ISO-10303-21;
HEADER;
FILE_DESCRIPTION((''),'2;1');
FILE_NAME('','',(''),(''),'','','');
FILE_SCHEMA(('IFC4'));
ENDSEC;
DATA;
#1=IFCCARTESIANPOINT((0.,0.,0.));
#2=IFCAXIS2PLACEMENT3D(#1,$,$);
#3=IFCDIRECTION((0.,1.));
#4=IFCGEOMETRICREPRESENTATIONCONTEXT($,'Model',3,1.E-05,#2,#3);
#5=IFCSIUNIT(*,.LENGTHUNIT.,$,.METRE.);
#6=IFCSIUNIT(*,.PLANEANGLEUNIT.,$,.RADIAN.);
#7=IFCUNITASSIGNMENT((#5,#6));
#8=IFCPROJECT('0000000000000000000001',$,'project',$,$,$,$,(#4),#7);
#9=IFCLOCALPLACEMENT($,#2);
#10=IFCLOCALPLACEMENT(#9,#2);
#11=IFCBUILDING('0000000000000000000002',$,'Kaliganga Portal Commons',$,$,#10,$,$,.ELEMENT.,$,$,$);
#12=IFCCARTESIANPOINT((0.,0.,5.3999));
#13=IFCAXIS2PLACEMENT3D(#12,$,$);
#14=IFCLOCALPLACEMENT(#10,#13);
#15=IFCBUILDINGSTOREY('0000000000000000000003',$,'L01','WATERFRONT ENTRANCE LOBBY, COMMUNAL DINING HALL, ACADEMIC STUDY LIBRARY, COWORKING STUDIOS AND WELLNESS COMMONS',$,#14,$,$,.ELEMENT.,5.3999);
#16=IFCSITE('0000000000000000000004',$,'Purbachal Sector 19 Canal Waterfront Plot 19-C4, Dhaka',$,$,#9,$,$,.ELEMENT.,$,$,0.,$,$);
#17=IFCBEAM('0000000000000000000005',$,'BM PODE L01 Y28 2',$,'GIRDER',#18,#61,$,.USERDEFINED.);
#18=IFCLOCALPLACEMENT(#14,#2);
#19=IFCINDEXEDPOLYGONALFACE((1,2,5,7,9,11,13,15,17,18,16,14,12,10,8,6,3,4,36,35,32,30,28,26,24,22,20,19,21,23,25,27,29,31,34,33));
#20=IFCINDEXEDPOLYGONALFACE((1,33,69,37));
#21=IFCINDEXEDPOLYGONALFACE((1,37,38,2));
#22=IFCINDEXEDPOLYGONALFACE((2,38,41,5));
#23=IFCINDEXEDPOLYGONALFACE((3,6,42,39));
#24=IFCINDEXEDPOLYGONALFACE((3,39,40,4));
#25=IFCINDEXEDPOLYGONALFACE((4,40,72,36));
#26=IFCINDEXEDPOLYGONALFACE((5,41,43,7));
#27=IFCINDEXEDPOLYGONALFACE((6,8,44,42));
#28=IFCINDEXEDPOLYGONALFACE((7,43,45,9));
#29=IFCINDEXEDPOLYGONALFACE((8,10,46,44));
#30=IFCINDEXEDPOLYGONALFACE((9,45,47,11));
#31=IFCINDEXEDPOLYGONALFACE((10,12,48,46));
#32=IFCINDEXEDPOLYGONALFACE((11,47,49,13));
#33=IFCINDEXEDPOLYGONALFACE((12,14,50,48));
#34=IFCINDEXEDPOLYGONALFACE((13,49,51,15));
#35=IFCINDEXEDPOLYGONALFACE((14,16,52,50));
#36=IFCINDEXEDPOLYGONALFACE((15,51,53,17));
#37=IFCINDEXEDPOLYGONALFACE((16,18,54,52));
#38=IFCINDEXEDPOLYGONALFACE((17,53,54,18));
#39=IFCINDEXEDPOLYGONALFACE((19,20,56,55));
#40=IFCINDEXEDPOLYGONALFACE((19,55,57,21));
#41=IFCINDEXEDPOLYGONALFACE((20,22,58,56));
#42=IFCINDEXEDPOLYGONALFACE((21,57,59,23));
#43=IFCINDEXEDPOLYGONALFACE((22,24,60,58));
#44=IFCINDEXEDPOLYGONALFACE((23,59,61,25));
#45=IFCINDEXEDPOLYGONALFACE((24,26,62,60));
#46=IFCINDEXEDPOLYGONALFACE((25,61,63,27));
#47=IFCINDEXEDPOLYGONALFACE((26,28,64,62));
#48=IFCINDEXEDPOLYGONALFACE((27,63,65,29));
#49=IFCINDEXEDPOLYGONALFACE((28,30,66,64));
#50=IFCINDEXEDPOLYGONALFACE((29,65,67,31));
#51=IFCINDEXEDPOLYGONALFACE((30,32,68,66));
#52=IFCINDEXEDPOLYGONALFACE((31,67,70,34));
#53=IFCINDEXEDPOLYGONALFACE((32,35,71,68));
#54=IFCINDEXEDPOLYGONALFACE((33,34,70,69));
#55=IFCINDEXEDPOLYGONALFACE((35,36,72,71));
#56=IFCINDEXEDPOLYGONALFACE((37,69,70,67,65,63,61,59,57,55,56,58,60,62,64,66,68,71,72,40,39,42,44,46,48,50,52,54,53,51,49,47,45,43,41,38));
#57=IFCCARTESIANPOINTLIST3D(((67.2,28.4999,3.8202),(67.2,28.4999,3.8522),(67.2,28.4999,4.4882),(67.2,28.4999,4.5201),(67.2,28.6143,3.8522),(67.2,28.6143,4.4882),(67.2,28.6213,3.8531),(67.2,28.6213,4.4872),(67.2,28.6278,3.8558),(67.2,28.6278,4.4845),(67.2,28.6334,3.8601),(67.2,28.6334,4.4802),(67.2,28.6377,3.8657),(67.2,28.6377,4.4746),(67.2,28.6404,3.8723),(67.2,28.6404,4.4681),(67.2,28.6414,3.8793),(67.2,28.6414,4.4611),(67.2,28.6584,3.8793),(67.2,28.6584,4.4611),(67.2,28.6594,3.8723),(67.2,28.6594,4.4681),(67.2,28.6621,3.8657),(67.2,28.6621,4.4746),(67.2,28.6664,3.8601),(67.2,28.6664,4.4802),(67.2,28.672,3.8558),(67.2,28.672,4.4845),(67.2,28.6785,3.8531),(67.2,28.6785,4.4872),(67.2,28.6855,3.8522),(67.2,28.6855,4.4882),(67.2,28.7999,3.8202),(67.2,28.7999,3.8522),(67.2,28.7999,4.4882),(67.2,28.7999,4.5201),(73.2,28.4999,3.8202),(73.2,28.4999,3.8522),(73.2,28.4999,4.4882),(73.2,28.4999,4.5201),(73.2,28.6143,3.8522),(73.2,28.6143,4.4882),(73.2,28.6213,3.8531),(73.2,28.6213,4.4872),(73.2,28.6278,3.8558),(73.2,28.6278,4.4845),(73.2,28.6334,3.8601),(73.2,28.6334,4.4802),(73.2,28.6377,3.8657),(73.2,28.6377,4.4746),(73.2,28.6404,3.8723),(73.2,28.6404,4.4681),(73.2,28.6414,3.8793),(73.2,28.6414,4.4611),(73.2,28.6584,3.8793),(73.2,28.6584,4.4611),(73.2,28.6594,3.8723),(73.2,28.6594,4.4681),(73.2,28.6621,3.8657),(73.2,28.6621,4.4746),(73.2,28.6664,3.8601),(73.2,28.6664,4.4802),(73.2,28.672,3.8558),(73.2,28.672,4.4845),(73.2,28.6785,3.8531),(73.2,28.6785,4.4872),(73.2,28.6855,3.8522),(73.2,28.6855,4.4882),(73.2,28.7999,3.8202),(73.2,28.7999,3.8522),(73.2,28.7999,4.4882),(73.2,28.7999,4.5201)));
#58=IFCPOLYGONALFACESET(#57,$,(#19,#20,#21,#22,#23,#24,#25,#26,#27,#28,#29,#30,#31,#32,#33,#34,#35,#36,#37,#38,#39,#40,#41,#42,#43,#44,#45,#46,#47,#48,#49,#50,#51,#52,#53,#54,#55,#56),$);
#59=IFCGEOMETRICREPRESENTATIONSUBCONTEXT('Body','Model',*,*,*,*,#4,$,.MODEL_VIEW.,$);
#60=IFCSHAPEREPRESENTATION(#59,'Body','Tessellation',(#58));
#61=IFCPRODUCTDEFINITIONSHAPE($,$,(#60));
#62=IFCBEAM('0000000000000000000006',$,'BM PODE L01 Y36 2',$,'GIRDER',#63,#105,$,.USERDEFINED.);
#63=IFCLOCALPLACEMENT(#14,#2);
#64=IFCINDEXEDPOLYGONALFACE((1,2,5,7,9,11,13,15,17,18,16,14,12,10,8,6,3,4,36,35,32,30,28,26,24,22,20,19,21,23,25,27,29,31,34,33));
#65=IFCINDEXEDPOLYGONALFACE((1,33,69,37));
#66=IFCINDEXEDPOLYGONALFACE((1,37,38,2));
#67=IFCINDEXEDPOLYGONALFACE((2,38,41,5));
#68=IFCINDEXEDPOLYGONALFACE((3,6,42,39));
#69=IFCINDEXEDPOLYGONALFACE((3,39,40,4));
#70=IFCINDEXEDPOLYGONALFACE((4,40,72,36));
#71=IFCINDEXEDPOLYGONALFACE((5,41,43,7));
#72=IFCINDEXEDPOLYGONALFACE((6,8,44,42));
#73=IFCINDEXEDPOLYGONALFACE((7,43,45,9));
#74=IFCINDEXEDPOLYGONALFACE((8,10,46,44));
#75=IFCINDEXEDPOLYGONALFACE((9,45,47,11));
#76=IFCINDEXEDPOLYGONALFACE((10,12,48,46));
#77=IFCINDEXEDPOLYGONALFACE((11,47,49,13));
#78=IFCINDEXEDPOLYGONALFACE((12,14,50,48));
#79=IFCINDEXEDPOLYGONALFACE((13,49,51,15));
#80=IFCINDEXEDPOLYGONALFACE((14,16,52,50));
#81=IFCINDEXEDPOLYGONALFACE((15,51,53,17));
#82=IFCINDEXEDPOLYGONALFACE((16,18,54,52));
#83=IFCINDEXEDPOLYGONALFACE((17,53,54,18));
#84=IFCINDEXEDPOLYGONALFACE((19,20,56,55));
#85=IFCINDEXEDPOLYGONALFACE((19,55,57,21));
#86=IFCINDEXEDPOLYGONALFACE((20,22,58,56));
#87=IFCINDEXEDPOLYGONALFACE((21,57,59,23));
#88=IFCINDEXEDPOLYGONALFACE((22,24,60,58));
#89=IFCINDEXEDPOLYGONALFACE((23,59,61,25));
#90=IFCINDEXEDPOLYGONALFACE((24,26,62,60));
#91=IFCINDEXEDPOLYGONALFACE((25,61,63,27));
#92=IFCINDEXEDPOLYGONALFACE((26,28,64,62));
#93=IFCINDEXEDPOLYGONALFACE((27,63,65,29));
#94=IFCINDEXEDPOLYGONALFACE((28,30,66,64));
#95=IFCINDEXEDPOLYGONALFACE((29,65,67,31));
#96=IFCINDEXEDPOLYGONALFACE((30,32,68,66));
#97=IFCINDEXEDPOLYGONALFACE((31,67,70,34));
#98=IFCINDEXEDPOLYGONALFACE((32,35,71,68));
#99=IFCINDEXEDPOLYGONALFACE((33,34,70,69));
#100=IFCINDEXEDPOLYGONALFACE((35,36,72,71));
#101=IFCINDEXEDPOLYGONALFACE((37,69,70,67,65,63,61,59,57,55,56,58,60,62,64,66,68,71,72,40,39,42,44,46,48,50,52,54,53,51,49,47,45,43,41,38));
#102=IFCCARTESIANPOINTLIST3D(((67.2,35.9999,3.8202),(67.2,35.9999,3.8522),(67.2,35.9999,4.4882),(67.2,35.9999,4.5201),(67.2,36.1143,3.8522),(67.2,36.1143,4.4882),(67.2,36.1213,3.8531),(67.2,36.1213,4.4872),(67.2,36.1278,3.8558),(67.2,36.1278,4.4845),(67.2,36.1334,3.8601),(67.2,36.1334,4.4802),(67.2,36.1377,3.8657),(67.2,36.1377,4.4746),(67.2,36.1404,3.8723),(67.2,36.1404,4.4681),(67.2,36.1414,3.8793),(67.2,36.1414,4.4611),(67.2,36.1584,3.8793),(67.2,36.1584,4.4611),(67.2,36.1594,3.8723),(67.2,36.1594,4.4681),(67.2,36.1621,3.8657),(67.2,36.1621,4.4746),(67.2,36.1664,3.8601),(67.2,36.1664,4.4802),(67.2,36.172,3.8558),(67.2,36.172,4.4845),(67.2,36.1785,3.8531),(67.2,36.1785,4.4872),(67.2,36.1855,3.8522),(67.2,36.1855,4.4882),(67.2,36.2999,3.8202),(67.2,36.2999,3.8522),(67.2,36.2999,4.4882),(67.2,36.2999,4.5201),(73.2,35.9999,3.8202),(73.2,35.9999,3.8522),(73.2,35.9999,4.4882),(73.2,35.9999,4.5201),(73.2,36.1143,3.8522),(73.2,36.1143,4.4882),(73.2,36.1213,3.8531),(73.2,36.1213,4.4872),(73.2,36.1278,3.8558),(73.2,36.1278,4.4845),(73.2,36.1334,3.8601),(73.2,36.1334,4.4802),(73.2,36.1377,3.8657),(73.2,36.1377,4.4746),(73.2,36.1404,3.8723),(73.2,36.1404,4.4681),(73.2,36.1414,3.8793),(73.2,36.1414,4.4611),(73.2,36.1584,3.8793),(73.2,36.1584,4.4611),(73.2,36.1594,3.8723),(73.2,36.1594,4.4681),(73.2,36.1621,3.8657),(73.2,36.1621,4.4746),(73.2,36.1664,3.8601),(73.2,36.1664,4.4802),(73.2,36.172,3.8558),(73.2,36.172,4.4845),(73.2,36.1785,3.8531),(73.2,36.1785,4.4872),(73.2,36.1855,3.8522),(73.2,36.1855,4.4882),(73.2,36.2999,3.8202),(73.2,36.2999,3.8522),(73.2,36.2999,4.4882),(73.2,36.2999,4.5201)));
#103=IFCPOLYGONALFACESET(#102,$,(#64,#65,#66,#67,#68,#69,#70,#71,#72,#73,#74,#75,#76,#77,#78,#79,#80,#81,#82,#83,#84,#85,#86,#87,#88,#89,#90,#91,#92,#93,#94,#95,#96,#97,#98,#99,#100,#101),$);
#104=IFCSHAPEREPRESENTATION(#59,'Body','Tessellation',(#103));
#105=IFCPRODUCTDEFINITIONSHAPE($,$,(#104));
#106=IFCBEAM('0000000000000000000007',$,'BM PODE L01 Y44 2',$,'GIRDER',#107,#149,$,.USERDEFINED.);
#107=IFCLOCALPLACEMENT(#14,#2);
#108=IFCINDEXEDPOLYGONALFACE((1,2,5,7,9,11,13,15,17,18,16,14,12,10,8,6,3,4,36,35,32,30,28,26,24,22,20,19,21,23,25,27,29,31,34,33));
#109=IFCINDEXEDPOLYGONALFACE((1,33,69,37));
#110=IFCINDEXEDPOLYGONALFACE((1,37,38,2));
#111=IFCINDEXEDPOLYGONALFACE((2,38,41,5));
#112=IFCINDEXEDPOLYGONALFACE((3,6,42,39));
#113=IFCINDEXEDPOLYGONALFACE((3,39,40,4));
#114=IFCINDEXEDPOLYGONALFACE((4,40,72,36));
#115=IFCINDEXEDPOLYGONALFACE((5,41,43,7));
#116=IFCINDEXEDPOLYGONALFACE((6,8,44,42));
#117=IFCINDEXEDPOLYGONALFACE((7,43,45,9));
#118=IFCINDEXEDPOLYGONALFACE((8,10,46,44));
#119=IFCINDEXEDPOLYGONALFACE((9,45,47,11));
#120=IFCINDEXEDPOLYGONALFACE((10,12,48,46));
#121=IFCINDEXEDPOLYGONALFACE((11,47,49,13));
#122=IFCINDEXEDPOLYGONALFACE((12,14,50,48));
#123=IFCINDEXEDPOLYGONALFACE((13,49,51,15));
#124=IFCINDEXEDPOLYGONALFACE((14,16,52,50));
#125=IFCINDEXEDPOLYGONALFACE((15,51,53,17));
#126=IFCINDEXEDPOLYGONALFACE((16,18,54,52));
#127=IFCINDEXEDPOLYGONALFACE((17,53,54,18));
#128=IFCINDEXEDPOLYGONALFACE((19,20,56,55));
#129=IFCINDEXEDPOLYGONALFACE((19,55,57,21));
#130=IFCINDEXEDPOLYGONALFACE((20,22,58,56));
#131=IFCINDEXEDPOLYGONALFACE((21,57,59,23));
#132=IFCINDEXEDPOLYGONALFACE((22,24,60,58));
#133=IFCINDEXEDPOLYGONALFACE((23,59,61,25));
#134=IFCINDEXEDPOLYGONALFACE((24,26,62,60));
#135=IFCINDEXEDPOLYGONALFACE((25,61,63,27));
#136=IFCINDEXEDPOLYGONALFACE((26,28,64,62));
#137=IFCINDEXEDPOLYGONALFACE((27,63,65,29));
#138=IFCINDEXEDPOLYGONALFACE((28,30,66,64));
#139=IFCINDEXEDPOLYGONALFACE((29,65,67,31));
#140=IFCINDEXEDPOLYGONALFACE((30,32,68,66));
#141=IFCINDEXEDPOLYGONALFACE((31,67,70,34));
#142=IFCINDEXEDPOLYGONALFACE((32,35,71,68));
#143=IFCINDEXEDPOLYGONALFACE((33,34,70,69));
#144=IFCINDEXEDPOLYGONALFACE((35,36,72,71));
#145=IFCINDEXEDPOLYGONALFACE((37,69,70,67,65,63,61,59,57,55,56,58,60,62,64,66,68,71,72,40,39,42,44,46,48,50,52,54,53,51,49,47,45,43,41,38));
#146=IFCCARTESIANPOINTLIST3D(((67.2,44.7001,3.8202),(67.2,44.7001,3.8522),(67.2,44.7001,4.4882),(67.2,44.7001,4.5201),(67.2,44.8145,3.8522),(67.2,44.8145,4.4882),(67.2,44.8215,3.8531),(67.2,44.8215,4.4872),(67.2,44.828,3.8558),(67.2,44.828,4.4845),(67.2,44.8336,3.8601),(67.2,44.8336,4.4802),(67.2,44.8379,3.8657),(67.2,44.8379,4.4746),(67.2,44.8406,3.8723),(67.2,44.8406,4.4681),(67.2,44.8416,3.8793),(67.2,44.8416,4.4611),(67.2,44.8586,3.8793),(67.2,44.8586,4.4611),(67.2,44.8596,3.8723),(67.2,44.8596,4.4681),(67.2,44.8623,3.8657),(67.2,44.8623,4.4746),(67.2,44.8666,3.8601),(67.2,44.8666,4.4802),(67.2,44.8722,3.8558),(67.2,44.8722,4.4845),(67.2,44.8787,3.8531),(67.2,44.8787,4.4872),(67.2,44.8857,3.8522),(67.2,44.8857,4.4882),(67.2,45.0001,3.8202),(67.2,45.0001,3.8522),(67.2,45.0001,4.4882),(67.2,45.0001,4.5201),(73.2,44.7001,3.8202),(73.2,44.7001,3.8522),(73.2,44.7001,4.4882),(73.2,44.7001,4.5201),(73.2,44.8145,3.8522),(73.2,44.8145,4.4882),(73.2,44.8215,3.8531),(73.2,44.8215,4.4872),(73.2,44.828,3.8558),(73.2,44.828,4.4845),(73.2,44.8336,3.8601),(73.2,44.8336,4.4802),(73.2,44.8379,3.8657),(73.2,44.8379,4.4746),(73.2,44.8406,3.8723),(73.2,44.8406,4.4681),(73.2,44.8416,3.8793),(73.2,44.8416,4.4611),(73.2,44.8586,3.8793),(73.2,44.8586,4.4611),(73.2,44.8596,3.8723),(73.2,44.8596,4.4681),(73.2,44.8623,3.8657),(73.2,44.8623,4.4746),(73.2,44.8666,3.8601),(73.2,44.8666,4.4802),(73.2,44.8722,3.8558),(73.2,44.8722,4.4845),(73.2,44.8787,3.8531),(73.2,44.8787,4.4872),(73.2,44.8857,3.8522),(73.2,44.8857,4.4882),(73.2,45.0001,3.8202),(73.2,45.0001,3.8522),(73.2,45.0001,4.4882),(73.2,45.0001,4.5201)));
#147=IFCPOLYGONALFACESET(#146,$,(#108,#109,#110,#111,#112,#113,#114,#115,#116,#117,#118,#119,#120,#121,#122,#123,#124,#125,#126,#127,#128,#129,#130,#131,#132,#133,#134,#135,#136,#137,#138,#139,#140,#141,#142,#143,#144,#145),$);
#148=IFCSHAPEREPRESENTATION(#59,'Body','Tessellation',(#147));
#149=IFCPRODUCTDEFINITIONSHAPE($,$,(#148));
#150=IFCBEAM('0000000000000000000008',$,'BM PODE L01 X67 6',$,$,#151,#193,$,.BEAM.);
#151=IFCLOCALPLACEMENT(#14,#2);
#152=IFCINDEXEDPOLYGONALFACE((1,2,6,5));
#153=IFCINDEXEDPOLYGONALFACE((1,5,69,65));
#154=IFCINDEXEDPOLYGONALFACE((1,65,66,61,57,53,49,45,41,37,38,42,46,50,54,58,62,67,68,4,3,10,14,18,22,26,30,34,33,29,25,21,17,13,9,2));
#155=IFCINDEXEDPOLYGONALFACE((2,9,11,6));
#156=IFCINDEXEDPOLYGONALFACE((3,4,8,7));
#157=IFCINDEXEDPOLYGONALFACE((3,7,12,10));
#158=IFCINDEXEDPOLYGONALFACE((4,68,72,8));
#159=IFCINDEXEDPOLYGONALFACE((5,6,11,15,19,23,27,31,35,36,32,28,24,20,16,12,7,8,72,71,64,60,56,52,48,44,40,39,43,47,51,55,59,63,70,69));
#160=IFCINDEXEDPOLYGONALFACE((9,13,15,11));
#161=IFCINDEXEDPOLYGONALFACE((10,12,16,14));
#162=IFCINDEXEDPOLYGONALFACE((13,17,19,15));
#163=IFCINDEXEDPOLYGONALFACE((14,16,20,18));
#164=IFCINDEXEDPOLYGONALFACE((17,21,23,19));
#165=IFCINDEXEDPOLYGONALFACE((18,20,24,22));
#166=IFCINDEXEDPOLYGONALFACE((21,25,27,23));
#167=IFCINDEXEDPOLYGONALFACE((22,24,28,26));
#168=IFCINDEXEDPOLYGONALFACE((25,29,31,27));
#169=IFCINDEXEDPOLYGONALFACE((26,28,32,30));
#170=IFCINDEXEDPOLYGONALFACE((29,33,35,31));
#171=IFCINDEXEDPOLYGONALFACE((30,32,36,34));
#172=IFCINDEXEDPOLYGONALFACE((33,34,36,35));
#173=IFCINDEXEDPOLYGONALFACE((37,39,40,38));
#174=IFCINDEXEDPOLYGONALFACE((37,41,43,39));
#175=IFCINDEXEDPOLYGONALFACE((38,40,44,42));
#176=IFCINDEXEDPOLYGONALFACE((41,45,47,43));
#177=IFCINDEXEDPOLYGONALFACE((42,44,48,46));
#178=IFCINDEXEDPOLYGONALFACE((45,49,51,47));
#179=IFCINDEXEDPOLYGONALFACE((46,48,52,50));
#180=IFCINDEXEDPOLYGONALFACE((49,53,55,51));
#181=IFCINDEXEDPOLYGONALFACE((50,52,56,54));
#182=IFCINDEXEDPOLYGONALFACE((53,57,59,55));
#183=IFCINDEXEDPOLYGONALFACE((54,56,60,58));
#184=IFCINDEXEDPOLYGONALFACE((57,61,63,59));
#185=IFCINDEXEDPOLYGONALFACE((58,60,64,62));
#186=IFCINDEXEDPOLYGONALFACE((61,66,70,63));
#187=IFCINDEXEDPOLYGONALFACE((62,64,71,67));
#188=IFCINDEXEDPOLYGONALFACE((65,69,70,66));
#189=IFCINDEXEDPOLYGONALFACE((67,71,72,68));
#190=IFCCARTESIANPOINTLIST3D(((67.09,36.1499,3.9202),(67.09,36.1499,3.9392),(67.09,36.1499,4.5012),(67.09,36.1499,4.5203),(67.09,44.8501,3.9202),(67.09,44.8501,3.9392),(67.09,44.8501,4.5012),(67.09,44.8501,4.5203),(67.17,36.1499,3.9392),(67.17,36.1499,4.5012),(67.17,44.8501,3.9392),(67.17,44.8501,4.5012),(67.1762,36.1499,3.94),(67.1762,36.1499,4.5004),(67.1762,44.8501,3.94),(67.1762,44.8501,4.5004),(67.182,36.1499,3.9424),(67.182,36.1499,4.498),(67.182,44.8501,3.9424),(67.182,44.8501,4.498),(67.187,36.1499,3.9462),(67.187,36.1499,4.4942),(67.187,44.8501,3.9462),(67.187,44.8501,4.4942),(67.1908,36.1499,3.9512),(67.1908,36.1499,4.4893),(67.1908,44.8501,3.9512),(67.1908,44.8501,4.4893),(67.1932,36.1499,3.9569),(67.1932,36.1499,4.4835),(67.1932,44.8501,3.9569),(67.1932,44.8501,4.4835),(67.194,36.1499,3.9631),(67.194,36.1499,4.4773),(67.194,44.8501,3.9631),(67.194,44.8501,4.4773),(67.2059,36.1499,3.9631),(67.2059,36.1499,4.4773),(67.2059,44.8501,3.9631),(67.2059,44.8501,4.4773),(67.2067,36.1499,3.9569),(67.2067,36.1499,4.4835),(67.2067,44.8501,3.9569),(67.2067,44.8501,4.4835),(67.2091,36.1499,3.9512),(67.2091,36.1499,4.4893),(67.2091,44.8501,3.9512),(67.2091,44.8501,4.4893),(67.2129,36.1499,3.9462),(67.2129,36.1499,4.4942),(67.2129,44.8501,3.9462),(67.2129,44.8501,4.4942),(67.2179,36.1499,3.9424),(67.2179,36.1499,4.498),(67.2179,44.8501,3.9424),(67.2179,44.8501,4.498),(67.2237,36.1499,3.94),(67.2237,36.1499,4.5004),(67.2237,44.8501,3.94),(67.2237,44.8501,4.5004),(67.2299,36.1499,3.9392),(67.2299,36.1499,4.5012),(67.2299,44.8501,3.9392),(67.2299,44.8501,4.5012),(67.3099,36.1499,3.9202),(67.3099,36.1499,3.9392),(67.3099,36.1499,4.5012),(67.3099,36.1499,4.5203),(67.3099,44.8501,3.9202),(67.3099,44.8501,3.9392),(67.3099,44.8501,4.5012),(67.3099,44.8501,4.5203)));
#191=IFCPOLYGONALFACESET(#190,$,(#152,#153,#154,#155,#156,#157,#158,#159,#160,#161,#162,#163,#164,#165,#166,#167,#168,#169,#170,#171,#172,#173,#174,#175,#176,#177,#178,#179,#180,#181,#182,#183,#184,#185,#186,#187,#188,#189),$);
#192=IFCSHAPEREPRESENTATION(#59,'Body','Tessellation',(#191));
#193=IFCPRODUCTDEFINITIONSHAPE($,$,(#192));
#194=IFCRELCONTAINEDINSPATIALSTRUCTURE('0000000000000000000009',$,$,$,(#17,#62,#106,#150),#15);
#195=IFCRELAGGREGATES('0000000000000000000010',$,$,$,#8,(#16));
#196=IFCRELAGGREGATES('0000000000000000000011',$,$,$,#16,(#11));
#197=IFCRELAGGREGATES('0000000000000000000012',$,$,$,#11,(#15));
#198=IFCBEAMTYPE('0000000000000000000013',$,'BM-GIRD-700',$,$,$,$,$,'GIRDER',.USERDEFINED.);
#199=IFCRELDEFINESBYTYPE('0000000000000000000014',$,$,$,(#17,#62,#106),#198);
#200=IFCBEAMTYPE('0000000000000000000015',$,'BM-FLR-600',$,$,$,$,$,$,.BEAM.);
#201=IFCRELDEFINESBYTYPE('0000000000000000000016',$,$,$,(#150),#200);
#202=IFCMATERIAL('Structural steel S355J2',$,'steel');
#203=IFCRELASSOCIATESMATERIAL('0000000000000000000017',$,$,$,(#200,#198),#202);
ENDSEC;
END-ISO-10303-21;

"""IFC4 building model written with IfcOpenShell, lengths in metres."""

from ifc_helpers import new_model, si_unit, direction, frame, origin, origin_2d, place, context, subcontext, project, spatial, i_section, extrude, source, transform, mapped, material, material_profile, profile_set, type_object, element, save


model = new_model("IFC4")

# Units and contexts
model_context = context("Model", 3, precision=1e-05, world=origin(), true_north=direction((0.0, 1.0)))
body_context = subcontext(model_context, "Body", "Model", "MODEL_VIEW")
ifc_project = project(units=[si_unit("LENGTHUNIT", "METRE"), si_unit("PLANEANGLEUNIT", "RADIAN")], contexts=[model_context])

# Site, building, storey
site_placement = place(None, origin())
site = spatial("IfcSite", under=ifc_project, at=site_placement, Name="Purbachal Sector 19 Canal Waterfront Plot 19-C4, Dhaka", CompositionType="ELEMENT", RefElevation=0.0)
building_placement = place(site_placement, origin())
building = spatial("IfcBuilding", under=site, at=building_placement, Name="Kaliganga Portal Commons", CompositionType="ELEMENT")
storey_placement = place(building_placement, frame((0.0, 0.0, 5.3999)))
storey = spatial("IfcBuildingStorey", under=building, at=storey_placement, Name="L01", Description="WATERFRONT ENTRANCE LOBBY, COMMUNAL DINING HALL, ACADEMIC STUDY LIBRARY, COWORKING STUDIOS AND WELLNESS COMMONS", CompositionType="ELEMENT", Elevation=5.3999)

# Beams
ifc_material_1 = material(Name="Structural steel S355J2", Category="steel")
ifc_material_profile_1 = material_profile(ifc_material_1, i_section(OverallWidth=0.22, OverallDepth=0.6001, WebThickness=0.012, FlangeThickness=0.019, FilletRadius=0.0239, at=origin_2d()), Name="IPE 600")
ifc_profile_set_1 = profile_set([ifc_material_profile_1], Name="Structural steel S355J2 wide-flange")
beam_type_1 = type_object("IfcBeamType", Name="BM-FLR-600", PredefinedType="BEAM", material=ifc_profile_set_1)
ifc_material_profile_2 = material_profile(ifc_material_1, i_section(OverallWidth=0.3, OverallDepth=0.7, WebThickness=0.0171, FlangeThickness=0.032, FilletRadius=0.0271, at=origin_2d()), Name="HE 700 B")
ifc_profile_set_2 = profile_set([ifc_material_profile_2], Name="Structural steel S355J2 wide-flange")
beam_type_2 = type_object("IfcBeamType", Name="BM-GIRD-700", ElementType="GIRDER", PredefinedType="USERDEFINED", material=ifc_profile_set_2)
shared_shape_1 = source(origin(), body_context, "Body", "SweptSolid", [
    extrude(i_section(OverallWidth=0.3, OverallDepth=0.7, WebThickness=0.0171, FlangeThickness=0.032, FilletRadius=0.0271, at=origin_2d()), origin(), (0.0, 0.0, 1.0), 6.0),
])
for number, where, z_axis, x_axis, name in (
    (1, (67.2, 28.6499, 4.1702), (1.0, 0.0, 0.0), (0.0, 1.0, 0.0), "BM PODE L01 Y28 2"),
    (2, (67.2, 36.1499, 4.1702), (1.0, 0.0, 0.0), (0.0, 1.0, 0.0), "BM PODE L01 Y36 2"),
    (3, (67.2, 44.8501, 4.1702), (1.0, 0.0, 0.0), (0.0, 1.0, 0.0), "BM PODE L01 Y44 2"),
):
    element("IfcBeam", number, at=place(storey_placement, frame(where, z_axis=z_axis, x_axis=x_axis)), inside=storey, type_object=beam_type_2, Name=name, ObjectType="GIRDER", PredefinedType="USERDEFINED", context=body_context, shape_type="MappedRepresentation", body=[
        mapped(shared_shape_1, transform((0.0, 0.0, 0.0), x_axis=(1.0, 0.0, 0.0), y_axis=(0.0, 1.0, 0.0), z_axis=(0.0, 0.0, 1.0), scale=1.0)),
    ])
shared_shape_2 = source(origin(), body_context, "Body", "SweptSolid", [
    extrude(i_section(OverallWidth=0.22, OverallDepth=0.6001, WebThickness=0.012, FlangeThickness=0.019, FilletRadius=0.0239, at=origin_2d()), origin(), (0.0, 0.0, 1.0), 8.7002),
])
for number, where, z_axis, x_axis, name in (
    (4, (67.2, 36.1499, 4.2202), (0.0, 1.0, 0.0), (-1.0, 0.0, 0.0), "BM PODE L01 X67 6"),
):
    element("IfcBeam", number, at=place(storey_placement, frame(where, z_axis=z_axis, x_axis=x_axis)), inside=storey, type_object=beam_type_1, Name=name, PredefinedType="BEAM", context=body_context, shape_type="MappedRepresentation", body=[
        mapped(shared_shape_2, transform((0.0, 0.0, 0.0), x_axis=(1.0, 0.0, 0.0), y_axis=(0.0, 1.0, 0.0), z_axis=(0.0, 0.0, 1.0), scale=1.0)),
    ])

save(model, "model.ifc")
